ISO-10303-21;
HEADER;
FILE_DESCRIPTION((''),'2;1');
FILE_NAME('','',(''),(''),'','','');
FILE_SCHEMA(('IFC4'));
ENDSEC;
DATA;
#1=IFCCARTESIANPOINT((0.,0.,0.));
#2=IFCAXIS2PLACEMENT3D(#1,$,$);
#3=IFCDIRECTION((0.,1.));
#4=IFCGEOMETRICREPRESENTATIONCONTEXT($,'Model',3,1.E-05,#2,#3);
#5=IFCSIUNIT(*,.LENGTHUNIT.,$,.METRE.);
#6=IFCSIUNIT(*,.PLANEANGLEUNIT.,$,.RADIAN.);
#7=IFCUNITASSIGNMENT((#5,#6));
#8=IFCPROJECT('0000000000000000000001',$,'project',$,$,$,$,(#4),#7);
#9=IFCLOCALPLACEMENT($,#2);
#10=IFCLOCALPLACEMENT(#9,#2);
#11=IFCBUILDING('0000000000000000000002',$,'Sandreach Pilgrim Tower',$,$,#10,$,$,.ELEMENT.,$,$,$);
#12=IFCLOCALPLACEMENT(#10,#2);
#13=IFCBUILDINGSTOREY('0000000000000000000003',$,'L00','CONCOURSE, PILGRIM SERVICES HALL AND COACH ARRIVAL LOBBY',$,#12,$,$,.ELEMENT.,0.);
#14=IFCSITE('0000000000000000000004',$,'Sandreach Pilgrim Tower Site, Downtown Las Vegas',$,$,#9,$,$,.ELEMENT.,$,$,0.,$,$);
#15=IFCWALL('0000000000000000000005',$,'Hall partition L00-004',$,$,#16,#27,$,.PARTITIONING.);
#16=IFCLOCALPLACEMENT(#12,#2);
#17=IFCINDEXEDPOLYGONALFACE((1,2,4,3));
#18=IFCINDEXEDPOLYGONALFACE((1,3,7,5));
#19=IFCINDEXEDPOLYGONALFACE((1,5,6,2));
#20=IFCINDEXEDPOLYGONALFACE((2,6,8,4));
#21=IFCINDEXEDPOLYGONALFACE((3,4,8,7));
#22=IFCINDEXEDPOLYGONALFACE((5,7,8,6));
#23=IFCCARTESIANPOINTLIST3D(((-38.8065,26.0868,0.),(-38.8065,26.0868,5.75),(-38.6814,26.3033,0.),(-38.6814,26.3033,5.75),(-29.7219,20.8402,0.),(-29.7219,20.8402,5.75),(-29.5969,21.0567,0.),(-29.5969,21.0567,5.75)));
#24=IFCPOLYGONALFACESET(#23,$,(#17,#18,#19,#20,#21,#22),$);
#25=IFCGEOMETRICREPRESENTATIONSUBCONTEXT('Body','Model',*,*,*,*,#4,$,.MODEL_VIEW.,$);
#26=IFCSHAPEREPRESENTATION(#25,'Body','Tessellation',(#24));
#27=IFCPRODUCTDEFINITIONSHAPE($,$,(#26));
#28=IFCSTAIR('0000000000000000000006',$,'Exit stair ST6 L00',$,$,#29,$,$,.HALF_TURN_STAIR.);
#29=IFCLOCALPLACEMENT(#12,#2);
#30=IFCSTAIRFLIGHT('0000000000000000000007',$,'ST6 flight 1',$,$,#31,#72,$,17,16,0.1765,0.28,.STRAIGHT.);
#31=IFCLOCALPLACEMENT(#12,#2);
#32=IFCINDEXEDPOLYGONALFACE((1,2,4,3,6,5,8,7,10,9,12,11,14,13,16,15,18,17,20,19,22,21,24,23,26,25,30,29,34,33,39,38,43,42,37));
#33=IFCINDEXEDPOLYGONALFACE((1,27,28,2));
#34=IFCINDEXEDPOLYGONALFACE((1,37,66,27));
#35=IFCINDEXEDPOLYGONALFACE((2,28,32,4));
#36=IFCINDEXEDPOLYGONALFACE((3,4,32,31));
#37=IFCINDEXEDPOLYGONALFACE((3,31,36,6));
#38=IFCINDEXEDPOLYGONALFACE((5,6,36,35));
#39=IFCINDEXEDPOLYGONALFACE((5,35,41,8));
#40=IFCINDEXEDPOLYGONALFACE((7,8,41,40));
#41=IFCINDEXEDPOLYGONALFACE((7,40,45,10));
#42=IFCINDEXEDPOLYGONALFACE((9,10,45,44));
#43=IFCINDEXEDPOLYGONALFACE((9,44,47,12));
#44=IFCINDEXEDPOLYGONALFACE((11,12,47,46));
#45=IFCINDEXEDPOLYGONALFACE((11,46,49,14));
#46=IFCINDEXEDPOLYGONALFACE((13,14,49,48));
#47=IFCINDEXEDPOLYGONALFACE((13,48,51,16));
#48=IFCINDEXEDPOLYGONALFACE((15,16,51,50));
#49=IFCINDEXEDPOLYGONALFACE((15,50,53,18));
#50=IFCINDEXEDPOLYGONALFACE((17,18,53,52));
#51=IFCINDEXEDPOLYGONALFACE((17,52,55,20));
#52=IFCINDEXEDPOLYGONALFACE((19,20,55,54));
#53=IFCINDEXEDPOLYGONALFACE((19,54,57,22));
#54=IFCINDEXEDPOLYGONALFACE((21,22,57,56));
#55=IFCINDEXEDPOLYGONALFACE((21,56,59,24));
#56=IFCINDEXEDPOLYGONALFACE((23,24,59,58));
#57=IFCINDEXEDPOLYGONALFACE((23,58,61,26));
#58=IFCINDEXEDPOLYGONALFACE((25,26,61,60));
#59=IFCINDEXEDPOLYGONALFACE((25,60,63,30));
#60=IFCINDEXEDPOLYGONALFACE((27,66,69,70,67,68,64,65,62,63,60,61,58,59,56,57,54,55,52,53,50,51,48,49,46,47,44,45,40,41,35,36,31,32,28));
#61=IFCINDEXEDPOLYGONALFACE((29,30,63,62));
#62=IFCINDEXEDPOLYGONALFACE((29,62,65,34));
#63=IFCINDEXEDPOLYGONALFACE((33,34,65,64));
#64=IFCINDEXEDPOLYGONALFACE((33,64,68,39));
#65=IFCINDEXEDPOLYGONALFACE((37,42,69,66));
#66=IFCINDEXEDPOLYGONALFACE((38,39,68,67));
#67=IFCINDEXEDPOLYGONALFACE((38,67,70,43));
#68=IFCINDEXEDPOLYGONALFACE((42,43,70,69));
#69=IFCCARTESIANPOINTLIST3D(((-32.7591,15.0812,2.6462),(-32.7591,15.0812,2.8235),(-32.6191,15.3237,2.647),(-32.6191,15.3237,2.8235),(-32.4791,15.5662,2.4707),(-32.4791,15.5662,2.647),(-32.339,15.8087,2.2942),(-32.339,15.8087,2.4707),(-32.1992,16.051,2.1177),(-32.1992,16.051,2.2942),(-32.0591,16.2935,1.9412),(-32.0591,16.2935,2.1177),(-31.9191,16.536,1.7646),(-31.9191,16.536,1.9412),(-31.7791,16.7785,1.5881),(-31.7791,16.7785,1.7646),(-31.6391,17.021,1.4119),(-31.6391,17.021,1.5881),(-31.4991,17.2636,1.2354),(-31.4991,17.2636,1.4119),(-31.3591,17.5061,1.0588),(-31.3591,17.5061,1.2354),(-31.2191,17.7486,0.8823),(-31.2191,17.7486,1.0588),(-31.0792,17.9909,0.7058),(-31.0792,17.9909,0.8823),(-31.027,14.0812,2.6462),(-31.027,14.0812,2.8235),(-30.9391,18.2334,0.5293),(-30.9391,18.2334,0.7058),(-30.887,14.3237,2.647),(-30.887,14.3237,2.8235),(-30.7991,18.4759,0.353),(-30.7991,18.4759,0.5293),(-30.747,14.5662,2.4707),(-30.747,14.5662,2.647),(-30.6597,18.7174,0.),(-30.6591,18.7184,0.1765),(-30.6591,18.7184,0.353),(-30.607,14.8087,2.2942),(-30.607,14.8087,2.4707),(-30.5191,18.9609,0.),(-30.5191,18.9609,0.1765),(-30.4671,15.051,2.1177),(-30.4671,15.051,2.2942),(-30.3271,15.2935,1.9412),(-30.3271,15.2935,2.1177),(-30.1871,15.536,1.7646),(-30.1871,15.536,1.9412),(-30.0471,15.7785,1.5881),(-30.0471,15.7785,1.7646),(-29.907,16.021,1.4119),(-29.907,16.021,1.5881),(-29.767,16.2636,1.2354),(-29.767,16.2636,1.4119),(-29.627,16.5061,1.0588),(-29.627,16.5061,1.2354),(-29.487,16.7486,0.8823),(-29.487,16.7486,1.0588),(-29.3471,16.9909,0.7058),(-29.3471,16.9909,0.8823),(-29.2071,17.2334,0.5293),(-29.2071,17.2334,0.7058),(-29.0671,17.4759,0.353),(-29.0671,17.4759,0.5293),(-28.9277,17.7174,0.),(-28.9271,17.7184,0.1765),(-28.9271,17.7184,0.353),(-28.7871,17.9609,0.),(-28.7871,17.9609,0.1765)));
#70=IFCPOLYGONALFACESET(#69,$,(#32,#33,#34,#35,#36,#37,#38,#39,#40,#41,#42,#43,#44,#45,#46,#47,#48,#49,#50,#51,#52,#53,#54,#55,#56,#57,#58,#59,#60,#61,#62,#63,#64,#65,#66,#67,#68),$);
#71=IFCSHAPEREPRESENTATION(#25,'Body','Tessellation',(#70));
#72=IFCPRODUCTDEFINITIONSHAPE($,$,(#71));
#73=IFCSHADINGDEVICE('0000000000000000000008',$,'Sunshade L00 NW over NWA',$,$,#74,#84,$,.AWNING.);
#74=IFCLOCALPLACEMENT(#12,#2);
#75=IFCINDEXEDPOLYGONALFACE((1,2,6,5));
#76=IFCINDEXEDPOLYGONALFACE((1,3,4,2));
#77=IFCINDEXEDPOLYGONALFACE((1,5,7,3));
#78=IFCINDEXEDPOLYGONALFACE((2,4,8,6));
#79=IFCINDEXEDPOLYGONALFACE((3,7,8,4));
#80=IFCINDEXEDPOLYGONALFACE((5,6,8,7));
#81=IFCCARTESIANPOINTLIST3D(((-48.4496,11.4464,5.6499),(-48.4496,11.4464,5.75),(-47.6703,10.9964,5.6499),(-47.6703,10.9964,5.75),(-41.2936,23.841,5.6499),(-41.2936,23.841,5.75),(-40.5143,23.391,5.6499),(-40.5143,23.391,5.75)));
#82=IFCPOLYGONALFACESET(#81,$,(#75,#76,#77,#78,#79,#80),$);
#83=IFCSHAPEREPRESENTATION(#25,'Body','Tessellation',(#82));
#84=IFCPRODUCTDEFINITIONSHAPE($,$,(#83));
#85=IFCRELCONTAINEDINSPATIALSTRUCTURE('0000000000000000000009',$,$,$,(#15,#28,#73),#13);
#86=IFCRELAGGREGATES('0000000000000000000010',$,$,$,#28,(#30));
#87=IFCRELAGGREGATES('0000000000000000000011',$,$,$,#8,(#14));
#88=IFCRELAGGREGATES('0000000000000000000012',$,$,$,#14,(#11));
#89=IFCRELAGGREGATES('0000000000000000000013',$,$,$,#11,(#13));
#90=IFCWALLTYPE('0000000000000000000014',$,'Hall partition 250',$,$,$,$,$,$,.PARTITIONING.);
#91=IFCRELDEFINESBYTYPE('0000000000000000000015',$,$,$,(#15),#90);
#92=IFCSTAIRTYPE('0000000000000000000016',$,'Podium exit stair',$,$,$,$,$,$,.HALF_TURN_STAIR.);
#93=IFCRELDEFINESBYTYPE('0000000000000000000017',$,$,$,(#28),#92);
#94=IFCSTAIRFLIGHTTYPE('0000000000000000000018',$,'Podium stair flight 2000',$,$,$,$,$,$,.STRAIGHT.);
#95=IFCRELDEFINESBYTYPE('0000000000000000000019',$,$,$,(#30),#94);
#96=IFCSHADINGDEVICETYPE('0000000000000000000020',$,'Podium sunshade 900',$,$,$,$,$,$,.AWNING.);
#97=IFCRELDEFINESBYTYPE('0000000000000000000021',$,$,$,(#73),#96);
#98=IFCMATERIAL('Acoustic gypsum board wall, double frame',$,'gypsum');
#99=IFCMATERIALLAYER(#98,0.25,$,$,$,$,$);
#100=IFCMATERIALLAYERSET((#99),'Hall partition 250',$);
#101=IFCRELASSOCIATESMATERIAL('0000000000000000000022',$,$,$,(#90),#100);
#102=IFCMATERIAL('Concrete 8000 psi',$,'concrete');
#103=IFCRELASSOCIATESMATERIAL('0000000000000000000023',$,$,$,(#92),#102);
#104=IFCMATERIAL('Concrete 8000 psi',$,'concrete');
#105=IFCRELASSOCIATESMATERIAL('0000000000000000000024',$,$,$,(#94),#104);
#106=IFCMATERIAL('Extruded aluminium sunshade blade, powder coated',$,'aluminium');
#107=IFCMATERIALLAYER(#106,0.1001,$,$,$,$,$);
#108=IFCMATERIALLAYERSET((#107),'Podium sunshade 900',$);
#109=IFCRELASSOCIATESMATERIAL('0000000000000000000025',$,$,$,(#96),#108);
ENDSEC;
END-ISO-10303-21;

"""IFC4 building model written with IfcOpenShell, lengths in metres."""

from ifc_helpers import new_model, si_unit, direction, frame, frame_2d, origin, origin_2d, place, context, subcontext, project, spatial, polyline, rectangle, outline, extrude, material, layer, layer_set, type_object, element, aggregate, save


model = new_model("IFC4")

# Units and contexts
model_context = context("Model", 3, precision=1e-05, world=origin(), true_north=direction((0.0, 1.0)))
body_context = subcontext(model_context, "Body", "Model", "MODEL_VIEW")
ifc_project = project(units=[si_unit("LENGTHUNIT", "METRE"), si_unit("PLANEANGLEUNIT", "RADIAN")], contexts=[model_context])

# Site, building, storey
site_placement = place(None, origin())
site = spatial("IfcSite", under=ifc_project, at=site_placement, Name="Sandreach Pilgrim Tower Site, Downtown Las Vegas", CompositionType="ELEMENT", RefElevation=0.0)
building_placement = place(site_placement, origin())
building = spatial("IfcBuilding", under=site, at=building_placement, Name="Sandreach Pilgrim Tower", CompositionType="ELEMENT")
storey_placement = place(building_placement, origin())
storey = spatial("IfcBuildingStorey", under=building, at=storey_placement, Name="L00", Description="CONCOURSE, PILGRIM SERVICES HALL AND COACH ARRIVAL LOBBY", CompositionType="ELEMENT", Elevation=0.0)

# Wall
ifc_material_1 = material(Name="Acoustic gypsum board wall, double frame", Category="gypsum")
ifc_layer_1 = layer(ifc_material_1, 0.25)
ifc_layer_set_1 = layer_set([ifc_layer_1], Name="Hall partition 250")
wall_type_1 = type_object("IfcWallType", Name="Hall partition 250", PredefinedType="PARTITIONING", material=ifc_layer_set_1)
wall_1_placement = place(storey_placement, frame((-29.6594, 20.9485, 0.0), z_axis=(0.0, 0.0, 1.0), x_axis=(-0.865957, 0.500119, 0.0)))
element("IfcWall", 1, at=wall_1_placement, inside=storey, type_object=wall_type_1, Name="Hall partition L00-004", PredefinedType="PARTITIONING", context=body_context, shape_type="SweptSolid", body=[
    extrude(rectangle(XDim=10.4907, YDim=0.25, at=frame_2d((5.2454, 0.0))), origin(), (0.0, 0.0, 1.0), 5.75),
])

# Stair, stair flight
ifc_material_2 = material(Name="Concrete 8000 psi", Category="concrete")
stair_type = type_object("IfcStairType", Name="Podium exit stair", PredefinedType="HALF_TURN_STAIR", material=ifc_material_2)
stair_placement = place(storey_placement, origin())
stair = element("IfcStair", 2, at=stair_placement, inside=storey, type_object=stair_type, Name="Exit stair ST6 L00", PredefinedType="HALF_TURN_STAIR")
ifc_material_3 = material(Name="Concrete 8000 psi", Category="concrete")
stair_flight_type = type_object("IfcStairFlightType", Name="Podium stair flight 2000", PredefinedType="STRAIGHT", material=ifc_material_3)
stair_flight_placement = place(storey_placement, frame((-29.6531, 18.4609, 0.0), z_axis=(0.0, 0.0, 1.0), x_axis=(-0.5, -0.866025, 0.0)))
stair_flight = element("IfcStairFlight", 3, at=stair_flight_placement, type_object=stair_flight_type, Name="ST6 flight 1", NumberOfRisers=17, NumberOfTreads=16, PredefinedType="STRAIGHT", RiserHeight=0.1765, TreadLength=0.28, context=body_context, shape_type="SweptSolid", body=[
    extrude(outline(polyline([(0.0, 0.0), (0.0, 0.1765), (0.28, 0.1765), (0.28, 0.353), (0.5601, 0.353), (0.5601, 0.5293), (0.8401, 0.5293), (0.8401, 0.7058), (1.1201, 0.7058), (1.1201, 0.8823), (1.3999, 0.8823), (1.3999, 1.0588), (1.6799, 1.0588), (1.6799, 1.2354), (1.96, 1.2354), (1.96, 1.4119), (2.24, 1.4119), (2.24, 1.5881), (2.52, 1.5881), (2.52, 1.7646), (2.8, 1.7646), (2.8, 1.9412), (3.0801, 1.9412), (3.0801, 2.1177), (3.3601, 2.1177), (3.3601, 2.2942), (3.6399, 2.2942), (3.6399, 2.4707), (3.9199, 2.4707), (3.9199, 2.647), (4.2, 2.647), (4.2, 2.8235), (4.48, 2.8235), (4.48, 3.0), (4.48, 2.6462), (0.2812, 0.0), (0.0, 0.0)])), frame((0.0, 1.0, 0.0), z_axis=(0.0, -1.0, 0.0), x_axis=(1.0, 0.0, 0.0)), (0.0, 0.0, 1.0), 2.0),
])
aggregate(stair, [stair_flight])

# Shading device
ifc_material_4 = material(Name="Extruded aluminium sunshade blade, powder coated", Category="aluminium")
ifc_layer_2 = layer(ifc_material_4, 0.1001)
ifc_layer_set_2 = layer_set([ifc_layer_2], Name="Podium sunshade 900")
shading_device_type = type_object("IfcShadingDeviceType", Name="Podium sunshade 900", PredefinedType="AWNING", material=ifc_layer_set_2)
shading_device_placement = place(storey_placement, frame((-44.4819, 17.4187, 5.6499), z_axis=(0.0, 0.0, 1.0), x_axis=(0.5, 0.866025, 0.0)))
element("IfcShadingDevice", 4, at=shading_device_placement, inside=storey, type_object=shading_device_type, Name="Sunshade L00 NW over NWA", PredefinedType="AWNING", context=body_context, shape_type="SweptSolid", body=[
    extrude(rectangle(XDim=14.312, YDim=0.8999, at=origin_2d()), origin(), (0.0, 0.0, 1.0), 0.1001),
])

save(model, "model.ifc")
